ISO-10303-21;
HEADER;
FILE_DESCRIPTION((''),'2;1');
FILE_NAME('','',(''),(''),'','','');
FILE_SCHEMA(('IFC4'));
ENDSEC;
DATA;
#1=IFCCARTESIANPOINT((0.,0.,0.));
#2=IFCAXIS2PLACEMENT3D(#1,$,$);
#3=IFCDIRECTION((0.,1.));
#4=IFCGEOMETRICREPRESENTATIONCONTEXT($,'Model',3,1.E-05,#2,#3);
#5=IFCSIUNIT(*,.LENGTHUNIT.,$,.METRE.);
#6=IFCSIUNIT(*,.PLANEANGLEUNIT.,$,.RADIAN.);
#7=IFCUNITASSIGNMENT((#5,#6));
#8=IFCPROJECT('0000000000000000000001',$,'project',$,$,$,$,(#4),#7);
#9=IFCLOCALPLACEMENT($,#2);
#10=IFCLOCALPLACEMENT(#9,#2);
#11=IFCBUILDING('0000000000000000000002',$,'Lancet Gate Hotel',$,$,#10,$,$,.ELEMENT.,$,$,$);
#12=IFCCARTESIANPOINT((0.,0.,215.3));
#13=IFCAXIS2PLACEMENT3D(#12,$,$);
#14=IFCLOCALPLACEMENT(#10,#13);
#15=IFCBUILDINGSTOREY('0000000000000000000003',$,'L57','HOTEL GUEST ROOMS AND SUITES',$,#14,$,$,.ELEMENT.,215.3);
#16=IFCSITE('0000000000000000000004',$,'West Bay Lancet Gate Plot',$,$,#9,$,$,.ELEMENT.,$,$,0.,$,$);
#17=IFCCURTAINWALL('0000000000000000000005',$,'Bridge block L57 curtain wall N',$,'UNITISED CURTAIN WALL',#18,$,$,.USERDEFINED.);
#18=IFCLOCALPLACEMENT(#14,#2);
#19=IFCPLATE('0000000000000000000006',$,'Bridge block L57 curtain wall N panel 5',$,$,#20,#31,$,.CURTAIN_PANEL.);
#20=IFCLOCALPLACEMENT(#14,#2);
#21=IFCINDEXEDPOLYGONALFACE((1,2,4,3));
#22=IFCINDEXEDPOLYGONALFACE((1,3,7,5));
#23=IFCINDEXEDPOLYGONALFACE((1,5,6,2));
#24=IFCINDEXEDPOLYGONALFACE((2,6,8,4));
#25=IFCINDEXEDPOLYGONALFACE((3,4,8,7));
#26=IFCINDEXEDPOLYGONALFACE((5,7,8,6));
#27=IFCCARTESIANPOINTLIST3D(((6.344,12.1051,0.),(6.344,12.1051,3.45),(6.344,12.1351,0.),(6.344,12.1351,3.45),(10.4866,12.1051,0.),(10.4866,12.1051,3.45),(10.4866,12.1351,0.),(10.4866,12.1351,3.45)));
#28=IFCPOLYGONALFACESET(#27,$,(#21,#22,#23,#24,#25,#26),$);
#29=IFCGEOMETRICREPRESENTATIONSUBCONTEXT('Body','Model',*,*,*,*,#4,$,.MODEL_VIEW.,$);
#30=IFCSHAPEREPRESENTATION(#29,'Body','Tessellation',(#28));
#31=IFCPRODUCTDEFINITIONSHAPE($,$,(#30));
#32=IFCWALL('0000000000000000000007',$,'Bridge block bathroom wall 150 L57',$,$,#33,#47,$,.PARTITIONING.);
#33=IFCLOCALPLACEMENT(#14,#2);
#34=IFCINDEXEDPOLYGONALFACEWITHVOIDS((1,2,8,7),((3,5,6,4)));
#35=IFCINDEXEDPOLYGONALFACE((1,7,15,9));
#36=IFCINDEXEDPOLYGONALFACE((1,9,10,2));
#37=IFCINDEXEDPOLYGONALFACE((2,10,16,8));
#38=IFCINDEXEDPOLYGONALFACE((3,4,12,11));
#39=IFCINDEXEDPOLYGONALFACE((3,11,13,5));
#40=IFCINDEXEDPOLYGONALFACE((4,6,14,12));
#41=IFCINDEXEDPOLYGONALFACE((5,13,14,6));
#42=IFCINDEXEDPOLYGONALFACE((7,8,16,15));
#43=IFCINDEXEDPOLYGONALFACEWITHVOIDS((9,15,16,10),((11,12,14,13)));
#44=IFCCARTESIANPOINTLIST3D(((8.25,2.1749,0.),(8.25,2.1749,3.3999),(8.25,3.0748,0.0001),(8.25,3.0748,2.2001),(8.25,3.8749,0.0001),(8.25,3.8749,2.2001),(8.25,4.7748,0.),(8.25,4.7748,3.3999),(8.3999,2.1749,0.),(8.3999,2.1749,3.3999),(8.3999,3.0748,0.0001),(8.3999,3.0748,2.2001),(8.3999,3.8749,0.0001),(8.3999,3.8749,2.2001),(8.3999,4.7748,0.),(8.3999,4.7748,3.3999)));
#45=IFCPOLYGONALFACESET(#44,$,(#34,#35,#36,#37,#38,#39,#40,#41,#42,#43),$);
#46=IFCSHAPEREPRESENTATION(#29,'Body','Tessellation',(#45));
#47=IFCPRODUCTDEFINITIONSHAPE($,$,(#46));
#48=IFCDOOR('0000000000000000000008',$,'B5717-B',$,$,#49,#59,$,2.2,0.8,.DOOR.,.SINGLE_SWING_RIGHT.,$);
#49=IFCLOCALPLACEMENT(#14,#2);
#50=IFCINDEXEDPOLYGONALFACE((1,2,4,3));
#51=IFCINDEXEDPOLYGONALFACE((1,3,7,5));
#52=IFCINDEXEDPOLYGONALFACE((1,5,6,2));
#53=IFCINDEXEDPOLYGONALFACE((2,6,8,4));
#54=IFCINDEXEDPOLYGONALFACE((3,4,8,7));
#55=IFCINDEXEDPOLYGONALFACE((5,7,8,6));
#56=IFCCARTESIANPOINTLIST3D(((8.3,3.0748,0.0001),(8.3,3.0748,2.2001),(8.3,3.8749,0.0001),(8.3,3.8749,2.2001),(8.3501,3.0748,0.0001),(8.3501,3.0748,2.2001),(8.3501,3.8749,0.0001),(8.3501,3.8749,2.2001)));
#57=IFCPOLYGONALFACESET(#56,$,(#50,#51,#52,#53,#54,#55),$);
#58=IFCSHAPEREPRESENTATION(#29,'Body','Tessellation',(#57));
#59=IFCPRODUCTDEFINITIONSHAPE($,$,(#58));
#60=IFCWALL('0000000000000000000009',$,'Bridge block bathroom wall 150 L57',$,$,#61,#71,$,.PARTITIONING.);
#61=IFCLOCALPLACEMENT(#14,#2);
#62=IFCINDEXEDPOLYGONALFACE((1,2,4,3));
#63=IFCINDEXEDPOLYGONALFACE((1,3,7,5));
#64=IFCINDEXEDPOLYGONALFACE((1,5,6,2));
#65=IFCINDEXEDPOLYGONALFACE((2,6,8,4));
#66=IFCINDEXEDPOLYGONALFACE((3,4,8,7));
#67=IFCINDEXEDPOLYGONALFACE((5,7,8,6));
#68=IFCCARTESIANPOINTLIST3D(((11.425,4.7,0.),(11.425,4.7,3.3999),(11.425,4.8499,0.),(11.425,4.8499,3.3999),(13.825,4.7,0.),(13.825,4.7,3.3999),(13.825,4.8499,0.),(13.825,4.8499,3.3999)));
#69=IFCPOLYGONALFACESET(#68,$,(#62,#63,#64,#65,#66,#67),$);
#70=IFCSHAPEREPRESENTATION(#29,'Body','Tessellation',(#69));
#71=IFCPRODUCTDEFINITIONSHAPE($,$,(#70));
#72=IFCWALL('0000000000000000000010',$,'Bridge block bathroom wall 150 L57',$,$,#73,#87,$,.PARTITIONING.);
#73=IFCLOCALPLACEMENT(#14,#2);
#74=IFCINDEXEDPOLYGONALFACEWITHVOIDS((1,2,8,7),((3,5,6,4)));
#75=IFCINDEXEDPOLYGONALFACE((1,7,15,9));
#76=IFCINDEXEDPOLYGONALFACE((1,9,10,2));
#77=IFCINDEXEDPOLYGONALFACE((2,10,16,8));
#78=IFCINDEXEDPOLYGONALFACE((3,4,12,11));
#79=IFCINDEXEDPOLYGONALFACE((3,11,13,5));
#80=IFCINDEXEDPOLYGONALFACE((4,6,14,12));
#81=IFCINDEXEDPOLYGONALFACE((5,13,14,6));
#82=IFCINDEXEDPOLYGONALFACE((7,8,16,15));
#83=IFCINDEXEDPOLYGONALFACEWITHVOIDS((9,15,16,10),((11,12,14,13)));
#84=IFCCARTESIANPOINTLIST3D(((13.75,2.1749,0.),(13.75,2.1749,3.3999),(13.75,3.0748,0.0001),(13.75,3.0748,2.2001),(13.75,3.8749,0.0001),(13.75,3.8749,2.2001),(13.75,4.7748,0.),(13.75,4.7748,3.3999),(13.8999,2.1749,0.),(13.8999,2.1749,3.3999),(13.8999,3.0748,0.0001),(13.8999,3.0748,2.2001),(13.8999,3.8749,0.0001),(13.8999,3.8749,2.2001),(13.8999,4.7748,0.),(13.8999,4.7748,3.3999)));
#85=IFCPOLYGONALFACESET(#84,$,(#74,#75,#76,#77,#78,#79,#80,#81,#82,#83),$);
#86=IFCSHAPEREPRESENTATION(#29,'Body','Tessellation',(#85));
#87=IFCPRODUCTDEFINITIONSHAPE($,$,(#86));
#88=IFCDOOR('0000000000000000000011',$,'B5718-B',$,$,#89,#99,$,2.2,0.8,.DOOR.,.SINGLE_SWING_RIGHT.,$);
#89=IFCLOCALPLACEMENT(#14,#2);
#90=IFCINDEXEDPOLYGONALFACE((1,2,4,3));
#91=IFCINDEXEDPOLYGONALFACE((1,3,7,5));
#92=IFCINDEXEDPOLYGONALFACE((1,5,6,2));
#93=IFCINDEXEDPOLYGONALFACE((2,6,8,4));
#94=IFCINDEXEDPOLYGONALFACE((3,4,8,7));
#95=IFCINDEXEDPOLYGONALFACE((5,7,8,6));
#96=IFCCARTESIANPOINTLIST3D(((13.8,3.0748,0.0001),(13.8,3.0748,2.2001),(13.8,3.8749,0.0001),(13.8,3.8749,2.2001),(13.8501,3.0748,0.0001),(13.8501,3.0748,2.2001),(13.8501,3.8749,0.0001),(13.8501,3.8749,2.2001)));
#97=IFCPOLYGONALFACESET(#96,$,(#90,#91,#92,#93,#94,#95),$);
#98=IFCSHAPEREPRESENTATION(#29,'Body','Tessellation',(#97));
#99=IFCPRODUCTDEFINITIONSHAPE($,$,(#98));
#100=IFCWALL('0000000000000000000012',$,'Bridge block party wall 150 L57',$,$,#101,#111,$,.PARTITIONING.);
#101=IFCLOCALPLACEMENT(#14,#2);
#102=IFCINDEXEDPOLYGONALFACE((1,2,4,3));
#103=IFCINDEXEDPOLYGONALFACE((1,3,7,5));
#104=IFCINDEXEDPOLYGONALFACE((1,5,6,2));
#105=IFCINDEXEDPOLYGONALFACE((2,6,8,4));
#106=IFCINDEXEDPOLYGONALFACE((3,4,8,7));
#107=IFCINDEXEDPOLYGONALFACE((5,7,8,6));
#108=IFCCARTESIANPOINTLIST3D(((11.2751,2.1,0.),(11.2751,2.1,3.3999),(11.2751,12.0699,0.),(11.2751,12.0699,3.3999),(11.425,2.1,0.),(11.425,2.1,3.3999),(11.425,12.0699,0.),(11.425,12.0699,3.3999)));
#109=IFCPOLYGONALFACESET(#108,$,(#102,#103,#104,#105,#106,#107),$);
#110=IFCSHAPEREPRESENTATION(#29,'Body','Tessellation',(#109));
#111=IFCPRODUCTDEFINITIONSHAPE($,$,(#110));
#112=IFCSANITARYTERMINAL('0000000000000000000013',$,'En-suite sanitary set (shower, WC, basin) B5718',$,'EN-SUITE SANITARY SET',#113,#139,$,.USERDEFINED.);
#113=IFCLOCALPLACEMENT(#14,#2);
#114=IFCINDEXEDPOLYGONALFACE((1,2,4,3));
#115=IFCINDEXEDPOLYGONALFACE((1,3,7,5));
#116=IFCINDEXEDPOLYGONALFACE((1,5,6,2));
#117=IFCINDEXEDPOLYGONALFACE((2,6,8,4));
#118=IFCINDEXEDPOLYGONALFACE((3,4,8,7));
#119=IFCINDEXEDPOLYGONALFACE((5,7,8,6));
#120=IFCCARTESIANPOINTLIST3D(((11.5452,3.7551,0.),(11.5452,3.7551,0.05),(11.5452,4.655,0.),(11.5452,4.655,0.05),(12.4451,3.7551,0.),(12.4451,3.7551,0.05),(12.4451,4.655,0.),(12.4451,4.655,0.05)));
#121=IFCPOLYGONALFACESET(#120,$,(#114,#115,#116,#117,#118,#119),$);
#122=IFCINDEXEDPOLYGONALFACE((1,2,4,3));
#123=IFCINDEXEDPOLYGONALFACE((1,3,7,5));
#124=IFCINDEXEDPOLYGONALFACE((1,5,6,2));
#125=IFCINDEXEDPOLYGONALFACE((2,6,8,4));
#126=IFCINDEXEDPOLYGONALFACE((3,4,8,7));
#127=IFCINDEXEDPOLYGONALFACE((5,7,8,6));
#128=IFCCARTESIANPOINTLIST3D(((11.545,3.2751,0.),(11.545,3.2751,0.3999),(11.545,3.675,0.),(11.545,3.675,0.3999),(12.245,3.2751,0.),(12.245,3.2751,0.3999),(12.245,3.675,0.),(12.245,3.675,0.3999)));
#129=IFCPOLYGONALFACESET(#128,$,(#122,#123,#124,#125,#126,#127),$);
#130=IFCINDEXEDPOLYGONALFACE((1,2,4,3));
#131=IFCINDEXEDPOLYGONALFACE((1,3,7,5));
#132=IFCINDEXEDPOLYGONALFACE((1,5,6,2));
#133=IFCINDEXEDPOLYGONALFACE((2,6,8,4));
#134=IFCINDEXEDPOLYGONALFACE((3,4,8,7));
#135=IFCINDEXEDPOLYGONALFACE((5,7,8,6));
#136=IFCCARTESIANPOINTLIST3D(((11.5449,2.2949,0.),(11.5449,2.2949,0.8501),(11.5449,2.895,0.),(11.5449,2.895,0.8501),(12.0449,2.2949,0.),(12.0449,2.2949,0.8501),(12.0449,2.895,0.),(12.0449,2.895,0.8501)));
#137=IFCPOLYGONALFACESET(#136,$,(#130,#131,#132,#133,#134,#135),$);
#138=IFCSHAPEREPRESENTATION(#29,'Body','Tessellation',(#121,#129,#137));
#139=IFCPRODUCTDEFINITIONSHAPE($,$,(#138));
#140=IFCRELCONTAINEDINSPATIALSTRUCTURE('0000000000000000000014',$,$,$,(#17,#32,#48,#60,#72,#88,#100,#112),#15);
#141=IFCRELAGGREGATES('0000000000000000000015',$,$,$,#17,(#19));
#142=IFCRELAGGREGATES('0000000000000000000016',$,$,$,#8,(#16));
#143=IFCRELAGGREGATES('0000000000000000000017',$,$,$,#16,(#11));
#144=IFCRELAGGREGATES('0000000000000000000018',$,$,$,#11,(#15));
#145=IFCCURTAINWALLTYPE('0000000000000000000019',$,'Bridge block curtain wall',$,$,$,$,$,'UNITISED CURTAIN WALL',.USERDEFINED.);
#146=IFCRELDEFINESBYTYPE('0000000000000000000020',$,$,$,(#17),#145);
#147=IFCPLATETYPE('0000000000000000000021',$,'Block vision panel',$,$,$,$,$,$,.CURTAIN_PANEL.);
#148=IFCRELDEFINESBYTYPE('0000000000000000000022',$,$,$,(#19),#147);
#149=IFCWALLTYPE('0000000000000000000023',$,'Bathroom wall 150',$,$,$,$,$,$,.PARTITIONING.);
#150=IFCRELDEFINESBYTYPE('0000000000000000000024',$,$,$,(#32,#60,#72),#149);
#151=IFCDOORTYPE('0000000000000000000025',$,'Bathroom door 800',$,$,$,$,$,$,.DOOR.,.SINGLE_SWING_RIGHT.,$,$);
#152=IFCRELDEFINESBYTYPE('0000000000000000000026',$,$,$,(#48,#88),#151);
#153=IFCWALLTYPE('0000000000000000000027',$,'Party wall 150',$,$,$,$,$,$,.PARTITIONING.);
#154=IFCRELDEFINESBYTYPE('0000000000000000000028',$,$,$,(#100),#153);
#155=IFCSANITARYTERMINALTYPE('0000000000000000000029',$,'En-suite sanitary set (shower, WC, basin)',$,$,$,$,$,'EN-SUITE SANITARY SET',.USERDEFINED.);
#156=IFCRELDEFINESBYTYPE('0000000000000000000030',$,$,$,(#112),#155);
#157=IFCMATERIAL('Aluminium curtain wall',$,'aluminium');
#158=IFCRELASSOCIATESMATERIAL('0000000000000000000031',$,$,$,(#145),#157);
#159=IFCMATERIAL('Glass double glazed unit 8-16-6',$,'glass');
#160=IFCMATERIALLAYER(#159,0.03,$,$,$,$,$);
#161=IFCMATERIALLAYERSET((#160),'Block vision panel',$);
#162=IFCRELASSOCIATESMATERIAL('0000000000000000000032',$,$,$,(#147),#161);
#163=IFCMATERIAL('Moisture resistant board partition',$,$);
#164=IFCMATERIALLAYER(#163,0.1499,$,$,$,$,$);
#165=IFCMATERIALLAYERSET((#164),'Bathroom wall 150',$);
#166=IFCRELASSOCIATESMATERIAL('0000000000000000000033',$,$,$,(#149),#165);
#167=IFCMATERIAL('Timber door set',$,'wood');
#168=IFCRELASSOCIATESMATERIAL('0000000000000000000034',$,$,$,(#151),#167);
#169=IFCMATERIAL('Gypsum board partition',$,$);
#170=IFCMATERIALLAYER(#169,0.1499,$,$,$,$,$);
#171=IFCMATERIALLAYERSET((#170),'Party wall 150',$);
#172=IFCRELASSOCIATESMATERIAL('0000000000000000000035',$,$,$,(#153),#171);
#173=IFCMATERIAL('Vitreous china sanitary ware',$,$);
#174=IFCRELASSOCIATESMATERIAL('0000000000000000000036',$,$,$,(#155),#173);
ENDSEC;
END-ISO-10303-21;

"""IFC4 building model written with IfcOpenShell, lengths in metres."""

from ifc_helpers import new_model, si_unit, direction, frame, frame_2d, origin, origin_2d, place, context, subcontext, project, spatial, rectangle, extrude, material, layer, layer_set, type_object, element, fill, aggregate, save


model = new_model("IFC4")

# Units and contexts
model_context = context("Model", 3, precision=1e-05, world=origin(), true_north=direction((0.0, 1.0)))
body_context = subcontext(model_context, "Body", "Model", "MODEL_VIEW")
ifc_project = project(units=[si_unit("LENGTHUNIT", "METRE"), si_unit("PLANEANGLEUNIT", "RADIAN")], contexts=[model_context])

# Site, building, storey
site_placement = place(None, origin())
site = spatial("IfcSite", under=ifc_project, at=site_placement, Name="West Bay Lancet Gate Plot", CompositionType="ELEMENT", RefElevation=0.0)
building_placement = place(site_placement, origin())
building = spatial("IfcBuilding", under=site, at=building_placement, Name="Lancet Gate Hotel", CompositionType="ELEMENT")
storey_placement = place(building_placement, frame((0.0, 0.0, 215.3)))
storey = spatial("IfcBuildingStorey", under=building, at=storey_placement, Name="L57", Description="HOTEL GUEST ROOMS AND SUITES", CompositionType="ELEMENT", Elevation=215.3)

# Curtain wall
ifc_material_1 = material(Name="Aluminium curtain wall", Category="aluminium")
curtain_wall_type = type_object("IfcCurtainWallType", Name="Bridge block curtain wall", ElementType="UNITISED CURTAIN WALL", PredefinedType="USERDEFINED", material=ifc_material_1)
curtain_wall_placement = place(storey_placement, origin())
curtain_wall = element("IfcCurtainWall", 1, at=curtain_wall_placement, inside=storey, type_object=curtain_wall_type, Name="Bridge block L57 curtain wall N", ObjectType="UNITISED CURTAIN WALL", PredefinedType="USERDEFINED")

# Plate
ifc_material_2 = material(Name="Glass double glazed unit 8-16-6", Category="glass")
ifc_layer_1 = layer(ifc_material_2, 0.03)
ifc_layer_set_1 = layer_set([ifc_layer_1], Name="Block vision panel")
plate_type = type_object("IfcPlateType", Name="Block vision panel", PredefinedType="CURTAIN_PANEL", material=ifc_layer_set_1)
plate_1_placement = place(storey_placement, frame((8.4153, 12.1201, 0.0), z_axis=(0.0, 0.0, 1.0), x_axis=(-1.0, 0.0, 0.0)))
plate_1 = element("IfcPlate", 2, at=plate_1_placement, type_object=plate_type, Name="Bridge block L57 curtain wall N panel 5", PredefinedType="CURTAIN_PANEL", context=body_context, shape_type="SweptSolid", body=[
    extrude(rectangle(XDim=4.1426, YDim=0.03, at=origin_2d()), origin(), (0.0, 0.0, 1.0), 3.45),
])
aggregate(curtain_wall, [plate_1])

# Wall, opening, door
ifc_material_3 = material(Name="Moisture resistant board partition")
ifc_layer_2 = layer(ifc_material_3, 0.1499)
ifc_layer_set_2 = layer_set([ifc_layer_2], Name="Bathroom wall 150")
wall_type_1 = type_object("IfcWallType", Name="Bathroom wall 150", PredefinedType="PARTITIONING", material=ifc_layer_set_2)
wall_1_placement = place(storey_placement, frame((8.325, 2.175, 0.0), z_axis=(0.0, 0.0, 1.0), x_axis=(0.0, 1.0, 0.0)))
wall_1 = element("IfcWall", 3, at=wall_1_placement, inside=storey, type_object=wall_type_1, Name="Bridge block bathroom wall 150 L57", PredefinedType="PARTITIONING", context=body_context, shape_type="SweptSolid", body=[
    extrude(rectangle(XDim=2.5999, YDim=0.1499, at=frame_2d((1.2998, 0.0))), origin(), (0.0, 0.0, 1.0), 3.3999),
])
opening_1_placement = place(wall_1_placement, frame((0.8999, 0.0, 0.0)))
opening_1 = element("IfcOpeningElement", 4, at=opening_1_placement, cuts=wall_1, PredefinedType="OPENING", context=body_context, shape_type="SweptSolid", body=[
    extrude(rectangle(XDim=0.8, YDim=2.2, at=frame_2d((0.3999, 1.1001))), frame((0.0, 0.085, 0.0), z_axis=(0.0, -1.0, 0.0), x_axis=(1.0, 0.0, 0.0)), (0.0, 0.0, 1.0), 0.1699),
])
ifc_material_4 = material(Name="Timber door set", Category="wood")
door_type = type_object("IfcDoorType", Name="Bathroom door 800", OperationType="SINGLE_SWING_RIGHT", PredefinedType="DOOR", material=ifc_material_4)
door_1_placement = place(opening_1_placement, origin())
door_1 = element("IfcDoor", 5, at=door_1_placement, inside=storey, type_object=door_type, Name="B5717-B", OperationType="SINGLE_SWING_RIGHT", OverallHeight=2.2, OverallWidth=0.8, PredefinedType="DOOR", context=body_context, shape_type="SweptSolid", body=[
    extrude(rectangle(XDim=0.8, YDim=2.2, at=frame_2d((0.3999, 1.1001))), frame((0.0, 0.0249, 0.0), z_axis=(0.0, -1.0, 0.0), x_axis=(1.0, 0.0, 0.0)), (0.0, 0.0, 1.0), 0.05),
])
fill(opening_1, door_1)

# Wall
wall_2_placement = place(storey_placement, frame((11.425, 4.7749, 0.0), z_axis=(0.0, 0.0, 1.0), x_axis=(1.0, 0.0, 0.0)))
element("IfcWall", 6, at=wall_2_placement, inside=storey, type_object=wall_type_1, Name="Bridge block bathroom wall 150 L57", PredefinedType="PARTITIONING", context=body_context, shape_type="SweptSolid", body=[
    extrude(rectangle(XDim=2.3999, YDim=0.1499, at=frame_2d((1.2, 0.0))), origin(), (0.0, 0.0, 1.0), 3.3999),
])

# Wall, opening, door
wall_3_placement = place(storey_placement, frame((13.825, 2.175, 0.0), z_axis=(0.0, 0.0, 1.0), x_axis=(0.0, 1.0, 0.0)))
wall_3 = element("IfcWall", 7, at=wall_3_placement, inside=storey, type_object=wall_type_1, Name="Bridge block bathroom wall 150 L57", PredefinedType="PARTITIONING", context=body_context, shape_type="SweptSolid", body=[
    extrude(rectangle(XDim=2.5999, YDim=0.1499, at=frame_2d((1.2998, 0.0))), origin(), (0.0, 0.0, 1.0), 3.3999),
])
opening_2_placement = place(wall_3_placement, frame((0.8999, 0.0, 0.0)))
opening_2 = element("IfcOpeningElement", 8, at=opening_2_placement, cuts=wall_3, PredefinedType="OPENING", context=body_context, shape_type="SweptSolid", body=[
    extrude(rectangle(XDim=0.8, YDim=2.2, at=frame_2d((0.3999, 1.1001))), frame((0.0, 0.085, 0.0), z_axis=(0.0, -1.0, 0.0), x_axis=(1.0, 0.0, 0.0)), (0.0, 0.0, 1.0), 0.1699),
])
door_2_placement = place(opening_2_placement, origin())
door_2 = element("IfcDoor", 9, at=door_2_placement, inside=storey, type_object=door_type, Name="B5718-B", OperationType="SINGLE_SWING_RIGHT", OverallHeight=2.2, OverallWidth=0.8, PredefinedType="DOOR", context=body_context, shape_type="SweptSolid", body=[
    extrude(rectangle(XDim=0.8, YDim=2.2, at=frame_2d((0.3999, 1.1001))), frame((0.0, 0.0249, 0.0), z_axis=(0.0, -1.0, 0.0), x_axis=(1.0, 0.0, 0.0)), (0.0, 0.0, 1.0), 0.05),
])
fill(opening_2, door_2)

# Wall
ifc_material_5 = material(Name="Gypsum board partition")
ifc_layer_3 = layer(ifc_material_5, 0.1499)
ifc_layer_set_3 = layer_set([ifc_layer_3], Name="Party wall 150")
wall_type_2 = type_object("IfcWallType", Name="Party wall 150", PredefinedType="PARTITIONING", material=ifc_layer_set_3)
wall_4_placement = place(storey_placement, frame((11.3501, 2.1001, 0.0), z_axis=(0.0, 0.0, 1.0), x_axis=(0.0, 1.0, 0.0)))
element("IfcWall", 10, at=wall_4_placement, inside=storey, type_object=wall_type_2, Name="Bridge block party wall 150 L57", PredefinedType="PARTITIONING", context=body_context, shape_type="SweptSolid", body=[
    extrude(rectangle(XDim=9.97, YDim=0.1499, at=frame_2d((4.9849, 0.0))), origin(), (0.0, 0.0, 1.0), 3.3999),
])

# Sanitary terminal
ifc_material_6 = material(Name="Vitreous china sanitary ware")
sanitary_terminal_type = type_object("IfcSanitaryTerminalType", Name="En-suite sanitary set (shower, WC, basin)", ElementType="EN-SUITE SANITARY SET", PredefinedType="USERDEFINED", material=ifc_material_6)
sanitary_terminal_placement = place(storey_placement, frame((11.9951, 4.2051, 0.0), z_axis=(0.0, 0.0, 1.0), x_axis=(1.0, 0.0, 0.0)))
element("IfcSanitaryTerminal", 11, at=sanitary_terminal_placement, inside=storey, type_object=sanitary_terminal_type, Name="En-suite sanitary set (shower, WC, basin) B5718", ObjectType="EN-SUITE SANITARY SET", PredefinedType="USERDEFINED", context=body_context, shape_type="SweptSolid", body=[
    extrude(rectangle(XDim=0.8999, YDim=0.8999, at=origin_2d()), frame((0.0, 0.0, 0.0), z_axis=(0.0, 0.0, 1.0), x_axis=(0.0, 1.0, 0.0)), (0.0, 0.0, 1.0), 0.05),
    extrude(rectangle(XDim=0.3999, YDim=0.7, at=origin_2d()), frame((-0.1001, -0.73, 0.0), z_axis=(0.0, 0.0, 1.0), x_axis=(0.0, 1.0, 0.0)), (0.0, 0.0, 1.0), 0.3999),
    extrude(rectangle(XDim=0.6001, YDim=0.5, at=origin_2d()), frame((-0.2002, -1.6101, 0.0), z_axis=(0.0, 0.0, 1.0), x_axis=(0.0, 1.0, 0.0)), (0.0, 0.0, 1.0), 0.8501),
])

save(model, "model.ifc")
